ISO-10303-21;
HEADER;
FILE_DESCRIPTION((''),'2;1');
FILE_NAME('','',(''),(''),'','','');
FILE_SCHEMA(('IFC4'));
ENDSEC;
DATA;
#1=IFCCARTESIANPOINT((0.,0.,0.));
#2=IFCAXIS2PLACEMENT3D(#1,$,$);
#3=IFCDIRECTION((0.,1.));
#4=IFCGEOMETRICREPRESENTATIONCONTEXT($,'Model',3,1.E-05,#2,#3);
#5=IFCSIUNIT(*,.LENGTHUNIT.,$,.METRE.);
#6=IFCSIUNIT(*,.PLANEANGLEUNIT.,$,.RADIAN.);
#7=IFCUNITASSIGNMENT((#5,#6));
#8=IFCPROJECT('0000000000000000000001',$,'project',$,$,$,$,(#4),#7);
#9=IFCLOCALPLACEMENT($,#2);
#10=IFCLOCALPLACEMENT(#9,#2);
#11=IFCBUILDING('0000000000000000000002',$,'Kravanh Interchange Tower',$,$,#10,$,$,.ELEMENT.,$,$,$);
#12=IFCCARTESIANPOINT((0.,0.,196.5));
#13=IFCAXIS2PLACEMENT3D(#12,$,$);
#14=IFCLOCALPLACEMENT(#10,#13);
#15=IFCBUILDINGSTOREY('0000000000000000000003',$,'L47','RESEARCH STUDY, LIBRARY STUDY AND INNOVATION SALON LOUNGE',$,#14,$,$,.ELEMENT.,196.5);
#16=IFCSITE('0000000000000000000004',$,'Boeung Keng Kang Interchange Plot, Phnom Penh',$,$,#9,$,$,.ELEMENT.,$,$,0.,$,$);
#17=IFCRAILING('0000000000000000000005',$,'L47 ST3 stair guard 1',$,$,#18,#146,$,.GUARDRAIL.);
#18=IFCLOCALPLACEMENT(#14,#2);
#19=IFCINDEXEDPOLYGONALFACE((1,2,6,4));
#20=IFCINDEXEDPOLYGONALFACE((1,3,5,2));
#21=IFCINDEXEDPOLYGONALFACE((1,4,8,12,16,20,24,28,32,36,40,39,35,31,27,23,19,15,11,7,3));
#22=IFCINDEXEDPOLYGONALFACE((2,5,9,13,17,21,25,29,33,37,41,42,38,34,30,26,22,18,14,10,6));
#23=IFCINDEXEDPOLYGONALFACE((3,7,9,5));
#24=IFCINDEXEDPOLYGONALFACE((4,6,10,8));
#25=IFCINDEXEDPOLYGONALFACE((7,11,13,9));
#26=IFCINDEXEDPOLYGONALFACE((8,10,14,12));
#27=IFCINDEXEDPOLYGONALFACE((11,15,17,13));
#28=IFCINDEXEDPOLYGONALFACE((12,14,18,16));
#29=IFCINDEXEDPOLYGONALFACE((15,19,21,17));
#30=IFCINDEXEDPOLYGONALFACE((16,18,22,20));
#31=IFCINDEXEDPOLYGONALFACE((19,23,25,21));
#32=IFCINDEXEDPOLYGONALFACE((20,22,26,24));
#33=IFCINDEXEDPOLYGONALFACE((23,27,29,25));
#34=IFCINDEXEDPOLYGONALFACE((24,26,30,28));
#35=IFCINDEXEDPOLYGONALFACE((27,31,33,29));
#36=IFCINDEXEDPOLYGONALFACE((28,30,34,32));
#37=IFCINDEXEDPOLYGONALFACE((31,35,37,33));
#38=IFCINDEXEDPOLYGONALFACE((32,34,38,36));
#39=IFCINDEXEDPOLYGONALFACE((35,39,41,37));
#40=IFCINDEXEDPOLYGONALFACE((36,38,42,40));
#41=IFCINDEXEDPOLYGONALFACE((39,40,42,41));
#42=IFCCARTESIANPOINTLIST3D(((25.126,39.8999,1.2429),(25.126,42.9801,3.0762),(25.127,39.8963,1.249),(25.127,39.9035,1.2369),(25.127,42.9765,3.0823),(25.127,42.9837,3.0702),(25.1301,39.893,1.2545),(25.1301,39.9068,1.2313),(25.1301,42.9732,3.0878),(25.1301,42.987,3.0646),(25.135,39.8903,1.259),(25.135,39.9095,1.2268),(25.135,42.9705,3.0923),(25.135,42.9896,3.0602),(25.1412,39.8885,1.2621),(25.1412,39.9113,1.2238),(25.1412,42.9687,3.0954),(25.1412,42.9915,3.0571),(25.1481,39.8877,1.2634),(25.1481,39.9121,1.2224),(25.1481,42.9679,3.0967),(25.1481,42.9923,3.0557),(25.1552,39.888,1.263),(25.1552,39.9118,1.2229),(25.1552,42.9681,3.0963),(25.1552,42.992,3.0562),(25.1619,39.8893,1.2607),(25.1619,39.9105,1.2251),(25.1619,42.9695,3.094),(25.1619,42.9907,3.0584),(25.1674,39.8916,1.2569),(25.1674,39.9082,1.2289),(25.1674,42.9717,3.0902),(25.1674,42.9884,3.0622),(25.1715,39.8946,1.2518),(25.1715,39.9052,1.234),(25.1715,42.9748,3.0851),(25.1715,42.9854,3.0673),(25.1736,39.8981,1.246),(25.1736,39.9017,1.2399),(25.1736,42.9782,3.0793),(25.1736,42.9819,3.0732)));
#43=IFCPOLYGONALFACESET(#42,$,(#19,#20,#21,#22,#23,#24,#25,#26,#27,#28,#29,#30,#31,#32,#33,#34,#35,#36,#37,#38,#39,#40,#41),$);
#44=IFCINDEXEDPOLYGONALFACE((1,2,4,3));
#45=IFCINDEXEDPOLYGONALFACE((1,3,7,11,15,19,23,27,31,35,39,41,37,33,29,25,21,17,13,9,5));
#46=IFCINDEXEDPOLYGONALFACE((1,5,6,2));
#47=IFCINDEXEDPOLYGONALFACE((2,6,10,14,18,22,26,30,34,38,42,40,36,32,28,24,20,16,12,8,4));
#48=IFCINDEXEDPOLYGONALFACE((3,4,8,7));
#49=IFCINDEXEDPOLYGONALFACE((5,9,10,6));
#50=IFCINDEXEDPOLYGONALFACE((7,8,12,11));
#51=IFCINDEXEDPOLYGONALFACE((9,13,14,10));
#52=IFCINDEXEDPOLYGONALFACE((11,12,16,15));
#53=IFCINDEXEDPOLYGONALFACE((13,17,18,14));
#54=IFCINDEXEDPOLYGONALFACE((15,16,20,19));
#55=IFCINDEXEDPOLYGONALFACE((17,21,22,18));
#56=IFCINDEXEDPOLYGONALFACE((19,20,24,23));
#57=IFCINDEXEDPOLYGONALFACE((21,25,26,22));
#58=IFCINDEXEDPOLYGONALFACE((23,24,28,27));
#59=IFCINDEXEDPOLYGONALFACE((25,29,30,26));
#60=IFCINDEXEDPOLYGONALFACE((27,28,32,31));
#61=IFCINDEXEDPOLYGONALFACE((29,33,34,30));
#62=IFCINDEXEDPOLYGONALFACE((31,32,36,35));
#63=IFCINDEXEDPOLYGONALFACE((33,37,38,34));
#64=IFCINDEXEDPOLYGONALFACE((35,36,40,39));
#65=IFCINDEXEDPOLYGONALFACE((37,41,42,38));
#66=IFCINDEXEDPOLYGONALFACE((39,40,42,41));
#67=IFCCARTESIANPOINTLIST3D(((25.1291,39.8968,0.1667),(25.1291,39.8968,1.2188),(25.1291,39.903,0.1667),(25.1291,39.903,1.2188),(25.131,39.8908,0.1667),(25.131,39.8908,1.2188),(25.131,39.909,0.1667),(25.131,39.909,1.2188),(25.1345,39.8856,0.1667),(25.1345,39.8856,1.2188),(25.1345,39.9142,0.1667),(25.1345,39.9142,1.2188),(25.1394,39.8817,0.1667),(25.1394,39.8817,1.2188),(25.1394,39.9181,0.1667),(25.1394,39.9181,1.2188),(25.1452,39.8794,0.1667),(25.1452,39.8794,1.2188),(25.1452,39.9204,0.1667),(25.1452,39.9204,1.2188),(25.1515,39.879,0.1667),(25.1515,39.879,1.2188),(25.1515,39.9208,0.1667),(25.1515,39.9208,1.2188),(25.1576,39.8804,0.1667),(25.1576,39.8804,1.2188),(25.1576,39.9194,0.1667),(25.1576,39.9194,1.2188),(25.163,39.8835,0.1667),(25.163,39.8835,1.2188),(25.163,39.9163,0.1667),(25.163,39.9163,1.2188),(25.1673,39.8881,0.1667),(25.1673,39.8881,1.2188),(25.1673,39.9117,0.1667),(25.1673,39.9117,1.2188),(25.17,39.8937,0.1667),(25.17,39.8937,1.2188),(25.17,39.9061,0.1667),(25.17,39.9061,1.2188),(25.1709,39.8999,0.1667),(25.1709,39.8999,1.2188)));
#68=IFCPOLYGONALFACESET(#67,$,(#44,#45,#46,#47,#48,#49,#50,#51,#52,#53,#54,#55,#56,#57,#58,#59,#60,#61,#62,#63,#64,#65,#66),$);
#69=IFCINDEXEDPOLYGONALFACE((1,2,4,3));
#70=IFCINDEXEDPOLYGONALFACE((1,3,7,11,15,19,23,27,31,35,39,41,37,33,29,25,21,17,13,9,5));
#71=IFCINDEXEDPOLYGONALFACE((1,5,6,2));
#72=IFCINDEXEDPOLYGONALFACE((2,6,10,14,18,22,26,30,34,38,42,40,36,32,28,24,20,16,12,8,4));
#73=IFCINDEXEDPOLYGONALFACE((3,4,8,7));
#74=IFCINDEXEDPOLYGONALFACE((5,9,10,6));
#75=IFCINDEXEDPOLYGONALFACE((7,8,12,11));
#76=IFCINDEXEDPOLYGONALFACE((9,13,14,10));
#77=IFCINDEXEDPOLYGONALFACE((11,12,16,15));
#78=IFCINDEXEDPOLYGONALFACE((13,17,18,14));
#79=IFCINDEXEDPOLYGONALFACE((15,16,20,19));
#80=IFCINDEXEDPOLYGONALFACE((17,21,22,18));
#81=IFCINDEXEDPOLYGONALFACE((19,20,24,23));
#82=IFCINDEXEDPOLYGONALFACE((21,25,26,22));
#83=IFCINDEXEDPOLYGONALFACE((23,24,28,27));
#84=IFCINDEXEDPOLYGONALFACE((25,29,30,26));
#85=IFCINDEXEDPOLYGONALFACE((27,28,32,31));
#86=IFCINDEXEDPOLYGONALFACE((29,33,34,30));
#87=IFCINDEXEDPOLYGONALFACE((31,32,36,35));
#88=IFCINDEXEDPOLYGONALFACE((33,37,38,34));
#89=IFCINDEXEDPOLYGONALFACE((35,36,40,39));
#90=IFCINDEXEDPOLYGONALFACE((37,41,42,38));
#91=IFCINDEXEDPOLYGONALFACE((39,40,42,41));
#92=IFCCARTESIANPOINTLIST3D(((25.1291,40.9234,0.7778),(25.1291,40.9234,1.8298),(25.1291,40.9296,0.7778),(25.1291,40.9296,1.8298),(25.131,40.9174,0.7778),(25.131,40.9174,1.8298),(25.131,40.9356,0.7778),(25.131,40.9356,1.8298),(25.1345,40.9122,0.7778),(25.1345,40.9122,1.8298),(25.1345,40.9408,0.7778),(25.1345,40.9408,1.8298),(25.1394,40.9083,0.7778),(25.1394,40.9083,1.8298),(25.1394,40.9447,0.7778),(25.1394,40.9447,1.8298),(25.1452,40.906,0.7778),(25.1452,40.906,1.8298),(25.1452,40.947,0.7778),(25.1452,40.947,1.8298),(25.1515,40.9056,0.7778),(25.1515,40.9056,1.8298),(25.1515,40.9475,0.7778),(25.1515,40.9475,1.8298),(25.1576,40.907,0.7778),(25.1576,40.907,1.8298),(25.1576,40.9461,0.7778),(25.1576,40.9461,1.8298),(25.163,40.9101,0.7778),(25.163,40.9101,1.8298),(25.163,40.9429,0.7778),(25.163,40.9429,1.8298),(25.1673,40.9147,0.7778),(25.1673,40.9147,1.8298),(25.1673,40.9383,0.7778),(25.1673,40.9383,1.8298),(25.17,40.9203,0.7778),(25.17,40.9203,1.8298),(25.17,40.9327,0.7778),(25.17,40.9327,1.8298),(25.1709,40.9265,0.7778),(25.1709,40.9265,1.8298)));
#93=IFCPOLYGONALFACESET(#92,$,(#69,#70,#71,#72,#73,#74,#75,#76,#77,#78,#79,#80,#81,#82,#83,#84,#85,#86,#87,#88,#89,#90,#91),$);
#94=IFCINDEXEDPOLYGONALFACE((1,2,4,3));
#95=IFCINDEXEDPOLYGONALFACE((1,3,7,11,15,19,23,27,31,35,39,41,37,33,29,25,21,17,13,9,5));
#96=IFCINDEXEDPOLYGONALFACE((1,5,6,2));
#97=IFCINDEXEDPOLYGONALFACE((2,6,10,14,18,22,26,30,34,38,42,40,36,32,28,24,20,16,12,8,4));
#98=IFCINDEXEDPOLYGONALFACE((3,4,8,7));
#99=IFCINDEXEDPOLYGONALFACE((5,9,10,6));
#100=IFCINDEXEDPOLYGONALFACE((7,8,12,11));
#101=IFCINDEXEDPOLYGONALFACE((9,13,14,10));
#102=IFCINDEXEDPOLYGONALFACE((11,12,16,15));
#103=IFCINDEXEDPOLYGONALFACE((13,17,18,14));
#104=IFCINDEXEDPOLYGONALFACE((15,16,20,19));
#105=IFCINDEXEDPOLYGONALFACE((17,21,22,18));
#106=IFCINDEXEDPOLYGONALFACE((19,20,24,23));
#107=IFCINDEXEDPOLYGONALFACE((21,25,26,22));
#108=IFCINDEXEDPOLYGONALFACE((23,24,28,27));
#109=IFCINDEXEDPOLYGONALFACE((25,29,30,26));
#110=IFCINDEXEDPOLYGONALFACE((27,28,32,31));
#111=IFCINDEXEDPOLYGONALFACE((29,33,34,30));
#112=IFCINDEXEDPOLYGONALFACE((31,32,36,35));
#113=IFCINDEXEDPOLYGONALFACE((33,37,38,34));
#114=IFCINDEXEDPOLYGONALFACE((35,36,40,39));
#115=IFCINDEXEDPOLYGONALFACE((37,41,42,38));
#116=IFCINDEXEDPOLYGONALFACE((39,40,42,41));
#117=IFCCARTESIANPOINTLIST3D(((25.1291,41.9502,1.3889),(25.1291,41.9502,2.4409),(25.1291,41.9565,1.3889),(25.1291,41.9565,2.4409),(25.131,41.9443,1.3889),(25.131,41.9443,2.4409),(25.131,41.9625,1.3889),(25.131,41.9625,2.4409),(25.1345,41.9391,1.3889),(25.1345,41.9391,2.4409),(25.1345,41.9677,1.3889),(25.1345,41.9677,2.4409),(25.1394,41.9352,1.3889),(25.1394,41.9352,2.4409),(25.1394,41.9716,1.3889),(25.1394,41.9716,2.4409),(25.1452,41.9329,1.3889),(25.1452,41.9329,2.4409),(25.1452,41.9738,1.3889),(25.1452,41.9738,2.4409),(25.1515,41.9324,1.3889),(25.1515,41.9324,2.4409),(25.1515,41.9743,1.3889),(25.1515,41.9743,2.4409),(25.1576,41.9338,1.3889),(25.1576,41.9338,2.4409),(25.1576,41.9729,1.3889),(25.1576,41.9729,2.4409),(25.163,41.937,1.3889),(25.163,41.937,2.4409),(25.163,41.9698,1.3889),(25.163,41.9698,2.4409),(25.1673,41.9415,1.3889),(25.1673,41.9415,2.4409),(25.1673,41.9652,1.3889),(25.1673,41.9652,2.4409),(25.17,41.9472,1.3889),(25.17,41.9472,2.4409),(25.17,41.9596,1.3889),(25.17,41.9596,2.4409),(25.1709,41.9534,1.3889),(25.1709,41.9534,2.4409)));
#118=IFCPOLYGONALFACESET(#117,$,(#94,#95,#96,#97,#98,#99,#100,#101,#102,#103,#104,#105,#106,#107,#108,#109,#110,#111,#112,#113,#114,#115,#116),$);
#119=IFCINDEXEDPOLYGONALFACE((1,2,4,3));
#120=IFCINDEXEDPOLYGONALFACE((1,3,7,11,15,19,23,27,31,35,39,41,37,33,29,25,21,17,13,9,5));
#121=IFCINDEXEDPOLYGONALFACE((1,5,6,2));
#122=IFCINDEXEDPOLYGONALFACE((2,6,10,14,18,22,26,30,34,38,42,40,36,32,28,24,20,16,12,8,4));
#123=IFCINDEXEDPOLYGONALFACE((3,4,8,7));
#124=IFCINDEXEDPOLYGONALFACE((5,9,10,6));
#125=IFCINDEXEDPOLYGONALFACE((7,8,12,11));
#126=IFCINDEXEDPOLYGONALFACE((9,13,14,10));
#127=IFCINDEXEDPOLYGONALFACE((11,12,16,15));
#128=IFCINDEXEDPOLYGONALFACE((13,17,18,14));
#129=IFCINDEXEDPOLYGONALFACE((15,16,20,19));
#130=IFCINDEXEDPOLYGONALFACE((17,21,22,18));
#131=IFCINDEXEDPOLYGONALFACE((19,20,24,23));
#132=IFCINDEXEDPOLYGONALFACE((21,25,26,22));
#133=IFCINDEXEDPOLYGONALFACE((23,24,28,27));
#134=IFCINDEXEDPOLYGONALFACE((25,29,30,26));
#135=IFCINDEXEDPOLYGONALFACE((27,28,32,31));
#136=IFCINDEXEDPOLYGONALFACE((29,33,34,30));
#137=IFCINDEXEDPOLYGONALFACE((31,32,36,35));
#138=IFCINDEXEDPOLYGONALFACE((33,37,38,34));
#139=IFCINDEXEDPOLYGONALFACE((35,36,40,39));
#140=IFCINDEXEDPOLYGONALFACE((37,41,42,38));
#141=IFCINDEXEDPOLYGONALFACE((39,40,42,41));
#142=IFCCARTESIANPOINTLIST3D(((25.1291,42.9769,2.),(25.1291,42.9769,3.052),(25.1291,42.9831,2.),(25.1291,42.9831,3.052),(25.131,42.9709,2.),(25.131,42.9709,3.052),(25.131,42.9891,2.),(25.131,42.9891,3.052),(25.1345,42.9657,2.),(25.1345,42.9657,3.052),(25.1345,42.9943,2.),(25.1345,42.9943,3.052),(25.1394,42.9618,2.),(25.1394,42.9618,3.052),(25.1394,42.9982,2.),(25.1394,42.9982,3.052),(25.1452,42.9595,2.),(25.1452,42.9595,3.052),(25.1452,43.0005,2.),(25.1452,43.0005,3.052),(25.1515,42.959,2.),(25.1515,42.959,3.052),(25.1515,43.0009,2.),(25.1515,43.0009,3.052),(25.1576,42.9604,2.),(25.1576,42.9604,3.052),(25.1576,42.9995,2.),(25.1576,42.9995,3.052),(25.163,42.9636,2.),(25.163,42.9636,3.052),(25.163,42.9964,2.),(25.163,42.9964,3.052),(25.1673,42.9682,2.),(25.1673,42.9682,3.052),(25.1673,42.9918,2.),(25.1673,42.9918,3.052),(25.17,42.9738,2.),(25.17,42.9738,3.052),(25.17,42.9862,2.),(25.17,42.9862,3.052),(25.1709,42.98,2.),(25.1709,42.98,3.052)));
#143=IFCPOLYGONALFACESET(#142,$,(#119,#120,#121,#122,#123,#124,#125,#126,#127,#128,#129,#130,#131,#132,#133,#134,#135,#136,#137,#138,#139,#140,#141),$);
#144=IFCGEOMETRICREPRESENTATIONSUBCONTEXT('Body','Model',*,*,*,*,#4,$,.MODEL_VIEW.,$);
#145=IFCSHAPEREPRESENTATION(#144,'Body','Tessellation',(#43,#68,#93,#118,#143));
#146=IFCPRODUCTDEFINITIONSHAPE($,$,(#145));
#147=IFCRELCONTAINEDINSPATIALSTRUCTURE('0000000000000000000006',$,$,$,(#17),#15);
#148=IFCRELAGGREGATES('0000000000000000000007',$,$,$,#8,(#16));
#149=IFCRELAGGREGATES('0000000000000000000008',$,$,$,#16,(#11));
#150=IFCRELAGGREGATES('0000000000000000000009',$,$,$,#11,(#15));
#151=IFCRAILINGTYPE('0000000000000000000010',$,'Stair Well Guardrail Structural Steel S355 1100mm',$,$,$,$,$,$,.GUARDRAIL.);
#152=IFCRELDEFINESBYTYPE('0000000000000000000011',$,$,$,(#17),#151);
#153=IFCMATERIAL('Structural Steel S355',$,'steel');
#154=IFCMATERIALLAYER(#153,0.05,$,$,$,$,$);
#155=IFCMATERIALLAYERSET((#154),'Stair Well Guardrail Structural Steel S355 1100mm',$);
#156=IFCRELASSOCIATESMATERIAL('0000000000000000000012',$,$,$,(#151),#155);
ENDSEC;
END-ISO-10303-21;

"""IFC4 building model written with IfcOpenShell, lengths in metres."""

from ifc_helpers import new_model, si_unit, direction, frame, origin, origin_2d, place, context, subcontext, project, spatial, circle, extrude, material, layer, layer_set, type_object, element, save


model = new_model("IFC4")

# Units and contexts
model_context = context("Model", 3, precision=1e-05, world=origin(), true_north=direction((0.0, 1.0)))
body_context = subcontext(model_context, "Body", "Model", "MODEL_VIEW")
ifc_project = project(units=[si_unit("LENGTHUNIT", "METRE"), si_unit("PLANEANGLEUNIT", "RADIAN")], contexts=[model_context])

# Site, building, storey
site_placement = place(None, origin())
site = spatial("IfcSite", under=ifc_project, at=site_placement, Name="Boeung Keng Kang Interchange Plot, Phnom Penh", CompositionType="ELEMENT", RefElevation=0.0)
building_placement = place(site_placement, origin())
building = spatial("IfcBuilding", under=site, at=building_placement, Name="Kravanh Interchange Tower", CompositionType="ELEMENT")
storey_placement = place(building_placement, frame((0.0, 0.0, 196.5)))
storey = spatial("IfcBuildingStorey", under=building, at=storey_placement, Name="L47", Description="RESEARCH STUDY, LIBRARY STUDY AND INNOVATION SALON LOUNGE", CompositionType="ELEMENT", Elevation=196.5)

# Railing
ifc_material_1 = material(Name="Structural Steel S355", Category="steel")
ifc_layer_1 = layer(ifc_material_1, 0.05)
ifc_layer_set_1 = layer_set([ifc_layer_1], Name="Stair Well Guardrail Structural Steel S355 1100mm")
railing_type_1 = type_object("IfcRailingType", Name="Stair Well Guardrail Structural Steel S355 1100mm", PredefinedType="GUARDRAIL", material=ifc_layer_set_1)
railing_1_placement = place(storey_placement, frame((25.1499, 39.8999, 0.1667)))
element("IfcRailing", 1, at=railing_1_placement, inside=storey, type_object=railing_type_1, Name="L47 ST3 stair guard 1", PredefinedType="GUARDRAIL", context=body_context, shape_type="SweptSolid", body=[
    extrude(circle(Radius=0.0239, at=origin_2d()), frame((0.0, 0.0, 1.0762), z_axis=(0.0, 0.859309, 0.511458), x_axis=(-1.0, 0.0, 0.0)), (0.0, 0.0, 1.0), 3.5845),
    extrude(circle(Radius=0.021, at=origin_2d()), origin(), (0.0, 0.0, 1.0), 1.052),
    extrude(circle(Radius=0.021, at=origin_2d()), frame((0.0, 1.0266, 0.6111)), (0.0, 0.0, 1.0), 1.052),
    extrude(circle(Radius=0.021, at=origin_2d()), frame((0.0, 2.0535, 1.2222)), (0.0, 0.0, 1.0), 1.052),
    extrude(circle(Radius=0.021, at=origin_2d()), frame((0.0, 3.0801, 1.8333)), (0.0, 0.0, 1.0), 1.052),
])

save(model, "model.ifc")
